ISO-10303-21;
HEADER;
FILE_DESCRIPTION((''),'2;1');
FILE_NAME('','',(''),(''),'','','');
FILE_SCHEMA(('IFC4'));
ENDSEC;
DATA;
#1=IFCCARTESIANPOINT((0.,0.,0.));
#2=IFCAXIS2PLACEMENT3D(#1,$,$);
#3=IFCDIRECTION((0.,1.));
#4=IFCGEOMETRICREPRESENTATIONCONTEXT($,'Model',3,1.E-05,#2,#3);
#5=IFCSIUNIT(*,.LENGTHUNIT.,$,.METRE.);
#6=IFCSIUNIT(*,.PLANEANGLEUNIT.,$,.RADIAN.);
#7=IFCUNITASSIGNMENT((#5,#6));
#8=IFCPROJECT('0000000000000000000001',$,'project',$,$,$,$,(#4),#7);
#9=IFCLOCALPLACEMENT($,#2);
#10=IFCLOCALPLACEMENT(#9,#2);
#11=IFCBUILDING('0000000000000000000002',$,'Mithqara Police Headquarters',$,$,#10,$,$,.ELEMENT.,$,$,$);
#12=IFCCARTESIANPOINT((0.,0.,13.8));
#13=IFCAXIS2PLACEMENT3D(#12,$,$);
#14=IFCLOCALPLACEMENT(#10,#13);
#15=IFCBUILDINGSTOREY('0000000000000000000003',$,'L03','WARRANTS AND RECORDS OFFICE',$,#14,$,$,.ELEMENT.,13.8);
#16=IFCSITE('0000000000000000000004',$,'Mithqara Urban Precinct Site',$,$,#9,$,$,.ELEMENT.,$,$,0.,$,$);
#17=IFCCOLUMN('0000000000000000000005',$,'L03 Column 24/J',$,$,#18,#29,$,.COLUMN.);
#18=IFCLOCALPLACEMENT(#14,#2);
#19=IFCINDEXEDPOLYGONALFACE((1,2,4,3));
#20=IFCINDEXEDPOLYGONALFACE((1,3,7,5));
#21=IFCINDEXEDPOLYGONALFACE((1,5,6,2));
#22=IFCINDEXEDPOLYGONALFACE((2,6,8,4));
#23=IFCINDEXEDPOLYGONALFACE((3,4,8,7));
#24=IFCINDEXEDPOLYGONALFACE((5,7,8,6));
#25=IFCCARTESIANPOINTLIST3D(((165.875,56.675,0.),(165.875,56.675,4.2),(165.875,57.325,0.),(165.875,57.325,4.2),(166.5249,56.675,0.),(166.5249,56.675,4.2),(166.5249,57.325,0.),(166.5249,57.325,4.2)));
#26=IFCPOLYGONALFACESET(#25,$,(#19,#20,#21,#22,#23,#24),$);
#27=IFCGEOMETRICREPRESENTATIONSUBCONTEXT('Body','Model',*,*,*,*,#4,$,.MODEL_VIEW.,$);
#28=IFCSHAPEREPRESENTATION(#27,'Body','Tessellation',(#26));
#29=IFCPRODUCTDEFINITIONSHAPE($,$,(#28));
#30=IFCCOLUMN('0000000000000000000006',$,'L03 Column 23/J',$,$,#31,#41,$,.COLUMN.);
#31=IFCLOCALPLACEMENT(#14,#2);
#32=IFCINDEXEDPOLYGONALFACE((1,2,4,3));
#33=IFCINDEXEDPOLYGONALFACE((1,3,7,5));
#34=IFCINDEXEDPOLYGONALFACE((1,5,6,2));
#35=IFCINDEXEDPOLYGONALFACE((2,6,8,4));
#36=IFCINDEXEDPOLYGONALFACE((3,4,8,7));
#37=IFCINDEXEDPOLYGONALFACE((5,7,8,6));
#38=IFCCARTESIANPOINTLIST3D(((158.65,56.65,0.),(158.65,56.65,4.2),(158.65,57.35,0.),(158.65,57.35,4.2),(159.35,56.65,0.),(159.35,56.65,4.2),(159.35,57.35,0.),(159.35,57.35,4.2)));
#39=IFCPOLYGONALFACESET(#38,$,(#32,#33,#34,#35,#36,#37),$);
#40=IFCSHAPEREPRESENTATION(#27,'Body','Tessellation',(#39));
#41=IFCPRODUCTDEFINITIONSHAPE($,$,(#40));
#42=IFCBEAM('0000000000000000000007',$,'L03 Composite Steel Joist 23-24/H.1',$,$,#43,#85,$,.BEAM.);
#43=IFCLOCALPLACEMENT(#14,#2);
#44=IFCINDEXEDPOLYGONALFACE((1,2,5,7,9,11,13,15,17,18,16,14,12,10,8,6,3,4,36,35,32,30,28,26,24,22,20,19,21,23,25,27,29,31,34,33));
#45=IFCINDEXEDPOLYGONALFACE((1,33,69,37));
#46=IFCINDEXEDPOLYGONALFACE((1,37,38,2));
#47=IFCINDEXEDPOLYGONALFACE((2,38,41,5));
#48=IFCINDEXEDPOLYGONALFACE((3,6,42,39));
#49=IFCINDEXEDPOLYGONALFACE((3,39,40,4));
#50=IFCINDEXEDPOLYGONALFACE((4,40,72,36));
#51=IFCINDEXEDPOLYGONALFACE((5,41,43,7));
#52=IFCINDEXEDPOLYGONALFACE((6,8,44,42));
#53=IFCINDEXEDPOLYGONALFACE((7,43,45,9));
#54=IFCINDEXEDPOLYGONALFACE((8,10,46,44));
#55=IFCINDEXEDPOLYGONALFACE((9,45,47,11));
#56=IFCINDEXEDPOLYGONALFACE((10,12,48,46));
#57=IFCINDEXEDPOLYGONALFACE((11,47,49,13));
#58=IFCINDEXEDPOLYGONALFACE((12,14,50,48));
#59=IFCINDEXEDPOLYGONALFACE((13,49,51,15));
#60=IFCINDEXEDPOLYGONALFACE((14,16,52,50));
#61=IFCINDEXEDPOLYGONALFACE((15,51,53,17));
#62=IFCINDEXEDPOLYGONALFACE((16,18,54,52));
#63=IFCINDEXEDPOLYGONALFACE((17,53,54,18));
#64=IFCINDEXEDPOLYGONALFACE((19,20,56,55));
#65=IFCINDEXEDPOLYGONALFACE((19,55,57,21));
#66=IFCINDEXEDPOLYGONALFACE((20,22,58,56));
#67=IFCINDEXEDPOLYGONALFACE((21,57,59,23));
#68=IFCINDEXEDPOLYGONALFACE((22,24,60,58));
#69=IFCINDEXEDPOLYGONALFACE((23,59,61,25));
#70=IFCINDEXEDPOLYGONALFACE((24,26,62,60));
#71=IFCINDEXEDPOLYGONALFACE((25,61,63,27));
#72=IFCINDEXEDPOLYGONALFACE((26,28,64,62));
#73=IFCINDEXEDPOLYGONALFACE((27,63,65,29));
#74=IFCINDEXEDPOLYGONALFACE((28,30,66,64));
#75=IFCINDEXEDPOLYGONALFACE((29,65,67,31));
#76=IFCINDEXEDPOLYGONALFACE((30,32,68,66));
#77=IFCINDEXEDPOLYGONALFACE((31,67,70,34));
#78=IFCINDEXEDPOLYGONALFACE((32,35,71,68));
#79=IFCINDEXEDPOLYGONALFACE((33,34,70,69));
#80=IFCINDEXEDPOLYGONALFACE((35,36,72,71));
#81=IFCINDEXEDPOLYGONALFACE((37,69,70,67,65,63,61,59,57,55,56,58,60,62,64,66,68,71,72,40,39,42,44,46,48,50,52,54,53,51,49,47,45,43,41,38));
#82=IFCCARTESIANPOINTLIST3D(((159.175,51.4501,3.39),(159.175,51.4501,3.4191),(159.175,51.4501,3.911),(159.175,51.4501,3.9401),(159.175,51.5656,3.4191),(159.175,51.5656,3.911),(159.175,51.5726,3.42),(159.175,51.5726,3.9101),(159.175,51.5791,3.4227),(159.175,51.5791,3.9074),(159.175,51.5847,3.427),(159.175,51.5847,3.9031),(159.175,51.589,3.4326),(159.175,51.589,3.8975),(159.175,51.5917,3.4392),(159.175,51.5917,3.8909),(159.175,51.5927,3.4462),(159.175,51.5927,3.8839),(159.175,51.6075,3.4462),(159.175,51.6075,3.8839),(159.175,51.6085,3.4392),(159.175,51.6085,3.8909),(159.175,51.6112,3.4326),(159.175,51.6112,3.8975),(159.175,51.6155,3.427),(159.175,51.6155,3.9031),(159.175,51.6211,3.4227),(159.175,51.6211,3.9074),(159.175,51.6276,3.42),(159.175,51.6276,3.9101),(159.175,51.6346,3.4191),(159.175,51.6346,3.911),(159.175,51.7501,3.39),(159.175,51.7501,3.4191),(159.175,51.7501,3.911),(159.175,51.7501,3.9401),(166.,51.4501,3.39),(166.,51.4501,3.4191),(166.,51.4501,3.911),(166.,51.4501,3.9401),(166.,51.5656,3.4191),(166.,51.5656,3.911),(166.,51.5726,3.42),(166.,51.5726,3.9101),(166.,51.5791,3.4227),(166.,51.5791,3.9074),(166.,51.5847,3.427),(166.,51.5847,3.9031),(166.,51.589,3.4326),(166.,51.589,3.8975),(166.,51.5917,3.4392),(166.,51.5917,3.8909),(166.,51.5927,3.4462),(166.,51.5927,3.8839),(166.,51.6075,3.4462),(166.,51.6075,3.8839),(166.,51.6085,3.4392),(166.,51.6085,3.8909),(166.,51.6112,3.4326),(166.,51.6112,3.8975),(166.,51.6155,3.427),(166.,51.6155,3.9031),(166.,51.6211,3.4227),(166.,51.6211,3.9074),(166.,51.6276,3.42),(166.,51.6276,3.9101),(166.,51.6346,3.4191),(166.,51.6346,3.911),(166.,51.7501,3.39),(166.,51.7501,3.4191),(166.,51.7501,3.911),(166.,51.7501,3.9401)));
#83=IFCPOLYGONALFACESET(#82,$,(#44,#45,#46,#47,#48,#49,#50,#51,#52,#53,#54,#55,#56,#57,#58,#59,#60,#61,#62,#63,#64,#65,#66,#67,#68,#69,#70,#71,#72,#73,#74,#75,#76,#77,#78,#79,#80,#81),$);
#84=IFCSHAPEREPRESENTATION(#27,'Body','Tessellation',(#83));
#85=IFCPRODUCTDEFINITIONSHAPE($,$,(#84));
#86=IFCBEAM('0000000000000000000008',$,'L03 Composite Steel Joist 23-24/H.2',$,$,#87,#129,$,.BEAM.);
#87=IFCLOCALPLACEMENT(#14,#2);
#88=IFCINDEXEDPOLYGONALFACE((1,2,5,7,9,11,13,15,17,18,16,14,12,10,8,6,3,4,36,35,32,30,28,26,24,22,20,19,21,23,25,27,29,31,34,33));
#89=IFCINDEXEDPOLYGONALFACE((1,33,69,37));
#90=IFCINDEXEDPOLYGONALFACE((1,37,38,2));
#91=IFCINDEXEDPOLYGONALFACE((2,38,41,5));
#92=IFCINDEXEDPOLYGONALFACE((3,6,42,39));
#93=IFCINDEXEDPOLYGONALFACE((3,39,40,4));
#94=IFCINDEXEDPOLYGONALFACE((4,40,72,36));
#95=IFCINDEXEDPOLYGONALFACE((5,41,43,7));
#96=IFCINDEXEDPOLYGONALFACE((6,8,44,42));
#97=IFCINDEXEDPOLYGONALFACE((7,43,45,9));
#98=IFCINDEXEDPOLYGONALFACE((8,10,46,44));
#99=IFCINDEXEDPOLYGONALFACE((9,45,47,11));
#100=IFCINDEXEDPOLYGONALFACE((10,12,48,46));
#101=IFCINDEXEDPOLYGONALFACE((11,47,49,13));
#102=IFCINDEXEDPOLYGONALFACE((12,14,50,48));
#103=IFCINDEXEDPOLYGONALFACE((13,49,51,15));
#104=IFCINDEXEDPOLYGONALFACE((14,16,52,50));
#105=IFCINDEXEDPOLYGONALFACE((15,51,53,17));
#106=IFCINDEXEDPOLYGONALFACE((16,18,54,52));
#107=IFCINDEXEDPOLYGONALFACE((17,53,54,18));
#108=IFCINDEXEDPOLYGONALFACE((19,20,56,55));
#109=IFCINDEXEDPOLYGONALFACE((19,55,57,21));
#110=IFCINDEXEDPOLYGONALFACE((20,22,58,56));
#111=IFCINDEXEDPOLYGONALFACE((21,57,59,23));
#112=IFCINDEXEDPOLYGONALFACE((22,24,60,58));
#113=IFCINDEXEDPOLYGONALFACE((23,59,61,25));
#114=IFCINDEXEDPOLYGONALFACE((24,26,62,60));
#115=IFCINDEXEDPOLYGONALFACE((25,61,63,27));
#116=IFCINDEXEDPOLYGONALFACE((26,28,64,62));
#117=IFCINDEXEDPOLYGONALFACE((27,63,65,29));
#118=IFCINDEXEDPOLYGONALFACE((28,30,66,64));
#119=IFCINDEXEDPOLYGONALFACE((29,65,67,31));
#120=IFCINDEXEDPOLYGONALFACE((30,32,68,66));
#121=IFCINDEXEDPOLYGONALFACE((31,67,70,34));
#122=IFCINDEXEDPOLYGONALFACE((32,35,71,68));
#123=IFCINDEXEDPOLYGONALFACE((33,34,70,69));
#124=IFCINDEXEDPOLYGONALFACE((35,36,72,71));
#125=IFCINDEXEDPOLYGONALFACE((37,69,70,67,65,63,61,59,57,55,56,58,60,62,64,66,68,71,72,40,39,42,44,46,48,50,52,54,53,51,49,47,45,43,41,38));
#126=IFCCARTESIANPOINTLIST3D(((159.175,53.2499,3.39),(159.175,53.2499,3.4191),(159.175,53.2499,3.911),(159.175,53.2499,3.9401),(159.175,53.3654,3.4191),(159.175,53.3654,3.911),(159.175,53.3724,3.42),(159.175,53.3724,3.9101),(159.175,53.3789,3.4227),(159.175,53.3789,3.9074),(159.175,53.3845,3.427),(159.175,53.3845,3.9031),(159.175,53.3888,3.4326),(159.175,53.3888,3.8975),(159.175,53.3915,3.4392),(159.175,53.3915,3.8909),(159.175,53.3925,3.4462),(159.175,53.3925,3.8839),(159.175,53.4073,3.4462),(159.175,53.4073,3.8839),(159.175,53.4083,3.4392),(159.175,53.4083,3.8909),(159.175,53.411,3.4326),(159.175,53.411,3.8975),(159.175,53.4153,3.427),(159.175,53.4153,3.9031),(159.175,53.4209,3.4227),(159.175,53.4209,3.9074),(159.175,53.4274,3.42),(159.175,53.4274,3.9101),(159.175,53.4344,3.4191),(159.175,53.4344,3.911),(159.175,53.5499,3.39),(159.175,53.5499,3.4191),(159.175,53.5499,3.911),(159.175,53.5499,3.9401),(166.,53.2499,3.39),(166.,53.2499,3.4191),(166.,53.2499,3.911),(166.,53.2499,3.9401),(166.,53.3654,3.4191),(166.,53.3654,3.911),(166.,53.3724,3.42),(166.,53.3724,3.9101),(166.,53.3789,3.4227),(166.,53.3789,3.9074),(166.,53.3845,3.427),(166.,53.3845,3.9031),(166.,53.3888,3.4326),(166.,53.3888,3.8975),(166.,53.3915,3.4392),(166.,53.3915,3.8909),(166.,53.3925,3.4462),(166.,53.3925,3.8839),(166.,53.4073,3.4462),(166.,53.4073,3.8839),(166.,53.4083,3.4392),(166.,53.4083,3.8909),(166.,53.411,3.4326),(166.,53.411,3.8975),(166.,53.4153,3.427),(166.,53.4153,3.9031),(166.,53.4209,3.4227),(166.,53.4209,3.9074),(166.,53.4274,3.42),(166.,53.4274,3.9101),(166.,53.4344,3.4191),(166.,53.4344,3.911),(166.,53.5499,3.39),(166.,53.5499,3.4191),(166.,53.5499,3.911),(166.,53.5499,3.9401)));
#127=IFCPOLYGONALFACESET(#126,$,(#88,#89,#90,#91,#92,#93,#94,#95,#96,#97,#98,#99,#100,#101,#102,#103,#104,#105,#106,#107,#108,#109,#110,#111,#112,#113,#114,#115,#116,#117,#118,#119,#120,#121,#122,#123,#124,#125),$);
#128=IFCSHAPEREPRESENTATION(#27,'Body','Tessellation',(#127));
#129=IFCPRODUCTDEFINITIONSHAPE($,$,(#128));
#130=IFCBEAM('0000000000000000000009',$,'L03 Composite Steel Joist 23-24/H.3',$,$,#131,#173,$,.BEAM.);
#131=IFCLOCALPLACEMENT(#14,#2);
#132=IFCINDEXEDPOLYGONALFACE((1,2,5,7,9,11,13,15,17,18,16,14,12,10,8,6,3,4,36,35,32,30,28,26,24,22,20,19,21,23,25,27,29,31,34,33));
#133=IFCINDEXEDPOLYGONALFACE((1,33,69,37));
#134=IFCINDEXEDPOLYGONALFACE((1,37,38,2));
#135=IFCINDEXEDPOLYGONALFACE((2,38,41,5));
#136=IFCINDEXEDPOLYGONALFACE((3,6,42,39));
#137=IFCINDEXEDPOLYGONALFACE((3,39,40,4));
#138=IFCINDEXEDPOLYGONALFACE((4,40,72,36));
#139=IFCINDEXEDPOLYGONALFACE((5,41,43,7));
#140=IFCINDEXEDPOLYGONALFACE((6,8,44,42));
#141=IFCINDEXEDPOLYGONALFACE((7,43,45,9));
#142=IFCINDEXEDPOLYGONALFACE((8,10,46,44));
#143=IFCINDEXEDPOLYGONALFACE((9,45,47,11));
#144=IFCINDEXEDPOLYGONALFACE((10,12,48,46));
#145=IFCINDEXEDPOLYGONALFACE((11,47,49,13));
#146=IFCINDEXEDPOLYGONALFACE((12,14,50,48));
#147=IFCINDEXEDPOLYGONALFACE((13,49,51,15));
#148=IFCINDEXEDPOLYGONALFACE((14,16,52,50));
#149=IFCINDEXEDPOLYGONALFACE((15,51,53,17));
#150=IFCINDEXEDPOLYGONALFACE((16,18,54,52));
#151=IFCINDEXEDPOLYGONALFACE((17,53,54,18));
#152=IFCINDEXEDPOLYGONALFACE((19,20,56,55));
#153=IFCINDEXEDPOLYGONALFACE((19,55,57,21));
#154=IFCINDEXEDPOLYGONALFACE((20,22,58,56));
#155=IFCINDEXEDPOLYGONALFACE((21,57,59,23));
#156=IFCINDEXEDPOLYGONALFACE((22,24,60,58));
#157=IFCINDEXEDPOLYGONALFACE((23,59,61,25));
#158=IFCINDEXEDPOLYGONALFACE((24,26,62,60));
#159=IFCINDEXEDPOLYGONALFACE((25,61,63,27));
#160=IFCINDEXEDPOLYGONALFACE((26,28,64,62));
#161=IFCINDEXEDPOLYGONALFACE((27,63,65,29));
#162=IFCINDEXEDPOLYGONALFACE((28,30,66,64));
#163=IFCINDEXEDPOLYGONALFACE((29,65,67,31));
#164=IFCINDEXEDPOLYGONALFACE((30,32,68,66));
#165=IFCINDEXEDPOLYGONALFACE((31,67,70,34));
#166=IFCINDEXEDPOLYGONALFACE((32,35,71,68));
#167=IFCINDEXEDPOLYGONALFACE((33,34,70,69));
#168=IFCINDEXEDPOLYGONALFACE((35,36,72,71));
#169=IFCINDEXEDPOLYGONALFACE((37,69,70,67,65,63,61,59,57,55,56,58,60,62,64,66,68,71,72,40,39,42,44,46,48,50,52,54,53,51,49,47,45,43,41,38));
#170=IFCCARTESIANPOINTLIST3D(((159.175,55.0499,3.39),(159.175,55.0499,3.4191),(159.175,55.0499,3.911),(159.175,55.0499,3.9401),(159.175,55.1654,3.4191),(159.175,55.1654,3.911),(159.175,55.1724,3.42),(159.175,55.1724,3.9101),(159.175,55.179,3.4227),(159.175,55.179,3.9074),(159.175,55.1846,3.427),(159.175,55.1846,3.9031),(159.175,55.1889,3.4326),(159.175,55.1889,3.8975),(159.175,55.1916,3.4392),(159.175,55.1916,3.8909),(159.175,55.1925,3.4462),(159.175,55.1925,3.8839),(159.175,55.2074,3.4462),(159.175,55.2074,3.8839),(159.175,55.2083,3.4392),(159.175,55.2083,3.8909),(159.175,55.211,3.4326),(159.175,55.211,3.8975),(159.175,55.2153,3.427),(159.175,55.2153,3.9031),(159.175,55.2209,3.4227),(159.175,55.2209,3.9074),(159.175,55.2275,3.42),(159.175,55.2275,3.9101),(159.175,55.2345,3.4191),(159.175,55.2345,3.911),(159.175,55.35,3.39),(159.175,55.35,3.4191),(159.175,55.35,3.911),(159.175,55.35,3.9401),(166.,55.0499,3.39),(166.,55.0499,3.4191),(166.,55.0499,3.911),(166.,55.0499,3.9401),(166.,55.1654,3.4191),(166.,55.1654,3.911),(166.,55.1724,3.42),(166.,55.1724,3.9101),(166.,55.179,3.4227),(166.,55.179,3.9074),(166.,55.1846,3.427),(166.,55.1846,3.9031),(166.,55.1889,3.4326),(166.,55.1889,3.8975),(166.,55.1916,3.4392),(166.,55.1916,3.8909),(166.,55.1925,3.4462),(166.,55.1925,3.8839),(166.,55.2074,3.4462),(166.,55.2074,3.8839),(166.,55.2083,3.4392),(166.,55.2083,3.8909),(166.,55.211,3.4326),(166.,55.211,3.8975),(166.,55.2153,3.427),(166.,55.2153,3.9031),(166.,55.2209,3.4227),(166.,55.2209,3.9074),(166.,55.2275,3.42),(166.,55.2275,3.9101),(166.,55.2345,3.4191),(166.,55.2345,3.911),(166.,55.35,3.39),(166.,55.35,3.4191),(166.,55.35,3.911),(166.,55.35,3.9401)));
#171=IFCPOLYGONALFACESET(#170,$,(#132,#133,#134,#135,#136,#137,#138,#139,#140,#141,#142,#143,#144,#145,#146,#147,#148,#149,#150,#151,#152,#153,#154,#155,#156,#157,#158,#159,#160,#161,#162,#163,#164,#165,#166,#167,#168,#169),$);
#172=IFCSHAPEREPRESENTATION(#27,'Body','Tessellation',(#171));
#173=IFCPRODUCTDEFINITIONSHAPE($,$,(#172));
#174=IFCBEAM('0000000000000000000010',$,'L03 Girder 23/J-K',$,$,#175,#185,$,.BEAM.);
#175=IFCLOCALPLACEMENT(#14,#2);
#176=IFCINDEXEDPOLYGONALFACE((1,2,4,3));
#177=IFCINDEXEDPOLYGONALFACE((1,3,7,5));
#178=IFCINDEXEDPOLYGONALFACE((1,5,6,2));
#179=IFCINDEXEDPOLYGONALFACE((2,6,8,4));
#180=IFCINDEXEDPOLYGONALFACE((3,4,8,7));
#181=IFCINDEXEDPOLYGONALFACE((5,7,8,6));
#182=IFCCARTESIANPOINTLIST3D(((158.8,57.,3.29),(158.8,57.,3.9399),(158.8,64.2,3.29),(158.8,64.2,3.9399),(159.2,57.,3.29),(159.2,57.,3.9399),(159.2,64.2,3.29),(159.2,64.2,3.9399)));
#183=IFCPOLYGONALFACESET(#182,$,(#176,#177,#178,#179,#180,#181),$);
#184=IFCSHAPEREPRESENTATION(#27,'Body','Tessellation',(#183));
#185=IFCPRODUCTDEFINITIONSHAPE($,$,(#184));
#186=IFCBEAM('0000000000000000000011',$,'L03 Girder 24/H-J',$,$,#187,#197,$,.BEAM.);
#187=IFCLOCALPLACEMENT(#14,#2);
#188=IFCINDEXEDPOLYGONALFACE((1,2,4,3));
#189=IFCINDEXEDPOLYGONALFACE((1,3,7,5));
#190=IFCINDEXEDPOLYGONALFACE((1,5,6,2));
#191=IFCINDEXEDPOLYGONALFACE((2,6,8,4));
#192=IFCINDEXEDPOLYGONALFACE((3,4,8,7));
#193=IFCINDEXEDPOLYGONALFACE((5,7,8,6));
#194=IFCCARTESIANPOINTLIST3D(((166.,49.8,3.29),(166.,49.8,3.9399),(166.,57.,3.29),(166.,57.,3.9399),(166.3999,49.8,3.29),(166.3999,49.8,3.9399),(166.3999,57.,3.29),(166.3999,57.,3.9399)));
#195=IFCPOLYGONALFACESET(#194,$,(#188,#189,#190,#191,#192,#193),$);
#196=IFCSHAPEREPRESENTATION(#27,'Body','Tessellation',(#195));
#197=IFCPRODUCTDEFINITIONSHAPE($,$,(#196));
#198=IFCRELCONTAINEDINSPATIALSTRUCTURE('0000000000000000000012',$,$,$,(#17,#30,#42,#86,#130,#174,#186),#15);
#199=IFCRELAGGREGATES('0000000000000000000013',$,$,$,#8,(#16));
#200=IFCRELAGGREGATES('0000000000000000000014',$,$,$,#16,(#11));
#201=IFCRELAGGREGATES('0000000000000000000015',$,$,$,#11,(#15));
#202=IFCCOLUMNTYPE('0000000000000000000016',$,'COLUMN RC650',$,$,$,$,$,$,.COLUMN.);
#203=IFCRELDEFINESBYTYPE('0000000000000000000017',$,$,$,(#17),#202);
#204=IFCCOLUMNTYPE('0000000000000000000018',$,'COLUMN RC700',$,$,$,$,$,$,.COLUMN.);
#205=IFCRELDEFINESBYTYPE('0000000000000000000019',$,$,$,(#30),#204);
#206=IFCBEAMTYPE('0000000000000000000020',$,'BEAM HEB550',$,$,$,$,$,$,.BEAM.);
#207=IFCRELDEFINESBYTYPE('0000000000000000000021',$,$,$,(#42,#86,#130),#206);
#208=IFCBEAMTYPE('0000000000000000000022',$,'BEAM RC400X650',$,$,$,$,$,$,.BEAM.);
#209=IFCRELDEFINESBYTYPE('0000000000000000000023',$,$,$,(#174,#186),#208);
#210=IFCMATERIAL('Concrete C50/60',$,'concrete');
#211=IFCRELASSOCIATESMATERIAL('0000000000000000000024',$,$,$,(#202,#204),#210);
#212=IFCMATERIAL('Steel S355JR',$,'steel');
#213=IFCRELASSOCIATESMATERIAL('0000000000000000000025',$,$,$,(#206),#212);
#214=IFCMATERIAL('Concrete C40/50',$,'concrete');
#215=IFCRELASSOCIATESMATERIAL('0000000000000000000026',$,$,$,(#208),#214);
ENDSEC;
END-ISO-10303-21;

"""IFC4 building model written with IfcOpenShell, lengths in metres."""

from ifc_helpers import new_model, si_unit, direction, frame, origin, origin_2d, place, context, subcontext, project, spatial, rectangle, i_section, extrude, material, material_profile, profile_set, type_object, element, save


model = new_model("IFC4")

# Units and contexts
model_context = context("Model", 3, precision=1e-05, world=origin(), true_north=direction((0.0, 1.0)))
body_context = subcontext(model_context, "Body", "Model", "MODEL_VIEW")
ifc_project = project(units=[si_unit("LENGTHUNIT", "METRE"), si_unit("PLANEANGLEUNIT", "RADIAN")], contexts=[model_context])

# Site, building, storey
site_placement = place(None, origin())
site = spatial("IfcSite", under=ifc_project, at=site_placement, Name="Mithqara Urban Precinct Site", CompositionType="ELEMENT", RefElevation=0.0)
building_placement = place(site_placement, origin())
building = spatial("IfcBuilding", under=site, at=building_placement, Name="Mithqara Police Headquarters", CompositionType="ELEMENT")
storey_placement = place(building_placement, frame((0.0, 0.0, 13.8)))
storey = spatial("IfcBuildingStorey", under=building, at=storey_placement, Name="L03", Description="WARRANTS AND RECORDS OFFICE", CompositionType="ELEMENT", Elevation=13.8)

# Columns
ifc_material_1 = material(Name="Concrete C50/60", Category="concrete")
ifc_material_profile_1 = material_profile(ifc_material_1, rectangle(XDim=0.6499, YDim=0.6499, at=origin_2d()), Name="RC 650x650")
ifc_profile_set_1 = profile_set([ifc_material_profile_1], Name="Concrete C50/60")
column_type_1 = type_object("IfcColumnType", Name="COLUMN RC650", PredefinedType="COLUMN", material=ifc_profile_set_1)
column_1_placement = place(storey_placement, frame((166.2, 57.0, 0.0), z_axis=(0.0, 0.0, 1.0), x_axis=(1.0, 0.0, 0.0)))
element("IfcColumn", 1, at=column_1_placement, inside=storey, type_object=column_type_1, Name="L03 Column 24/J", PredefinedType="COLUMN", context=body_context, shape_type="SweptSolid", body=[
    extrude(rectangle(XDim=0.6499, YDim=0.6499, at=origin_2d()), origin(), (0.0, 0.0, 1.0), 4.2),
])
ifc_material_profile_2 = material_profile(ifc_material_1, rectangle(XDim=0.7, YDim=0.7, at=origin_2d()), Name="RC 700x700")
ifc_profile_set_2 = profile_set([ifc_material_profile_2], Name="Concrete C50/60")
column_type_2 = type_object("IfcColumnType", Name="COLUMN RC700", PredefinedType="COLUMN", material=ifc_profile_set_2)
column_2_placement = place(storey_placement, frame((159.0, 57.0, 0.0), z_axis=(0.0, 0.0, 1.0), x_axis=(1.0, 0.0, 0.0)))
element("IfcColumn", 2, at=column_2_placement, inside=storey, type_object=column_type_2, Name="L03 Column 23/J", PredefinedType="COLUMN", context=body_context, shape_type="SweptSolid", body=[
    extrude(rectangle(XDim=0.7, YDim=0.7, at=origin_2d()), origin(), (0.0, 0.0, 1.0), 4.2),
])

# Beams
ifc_material_2 = material(Name="Steel S355JR", Category="steel")
ifc_material_profile_3 = material_profile(ifc_material_2, i_section(OverallWidth=0.3, OverallDepth=0.55, WebThickness=0.0149, FlangeThickness=0.0291, FilletRadius=0.0271, at=origin_2d()), Name="HEB 550")
ifc_profile_set_3 = profile_set([ifc_material_profile_3], Name="Steel S355JR")
beam_type_1 = type_object("IfcBeamType", Name="BEAM HEB550", PredefinedType="BEAM", material=ifc_profile_set_3)
for number, where, z_axis, x_axis, name in (
    (3, (159.175, 51.6001, 3.665), (1.0, 0.0, 0.0), (0.0, 1.0, 0.0), "L03 Composite Steel Joist 23-24/H.1"),
    (4, (159.175, 53.3999, 3.665), (1.0, 0.0, 0.0), (0.0, 1.0, 0.0), "L03 Composite Steel Joist 23-24/H.2"),
    (5, (159.175, 55.2, 3.665), (1.0, 0.0, 0.0), (0.0, 1.0, 0.0), "L03 Composite Steel Joist 23-24/H.3"),
):
    element("IfcBeam", number, at=place(storey_placement, frame(where, z_axis=z_axis, x_axis=x_axis)), inside=storey, type_object=beam_type_1, Name=name, PredefinedType="BEAM", context=body_context, shape_type="SweptSolid", body=[
        extrude(i_section(OverallWidth=0.3, OverallDepth=0.55, WebThickness=0.0149, FlangeThickness=0.0291, FilletRadius=0.0271, at=origin_2d()), origin(), (0.0, 0.0, 1.0), 6.825),
    ])
ifc_material_3 = material(Name="Concrete C40/50", Category="concrete")
ifc_material_profile_4 = material_profile(ifc_material_3, rectangle(XDim=0.3999, YDim=0.6499, at=origin_2d()), Name="RC 400x650")
ifc_profile_set_4 = profile_set([ifc_material_profile_4], Name="Concrete C40/50")
beam_type_2 = type_object("IfcBeamType", Name="BEAM RC400X650", PredefinedType="BEAM", material=ifc_profile_set_4)
for number, where, z_axis, x_axis, name in (
    (6, (159.0, 57.0, 3.615), (0.0, 1.0, 0.0), (-1.0, 0.0, 0.0), "L03 Girder 23/J-K"),
    (7, (166.2, 49.8, 3.615), (0.0, 1.0, 0.0), (-1.0, 0.0, 0.0), "L03 Girder 24/H-J"),
):
    element("IfcBeam", number, at=place(storey_placement, frame(where, z_axis=z_axis, x_axis=x_axis)), inside=storey, type_object=beam_type_2, Name=name, PredefinedType="BEAM", context=body_context, shape_type="SweptSolid", body=[
        extrude(rectangle(XDim=0.3999, YDim=0.6499, at=origin_2d()), origin(), (0.0, 0.0, 1.0), 7.2),
    ])

save(model, "model.ifc")
